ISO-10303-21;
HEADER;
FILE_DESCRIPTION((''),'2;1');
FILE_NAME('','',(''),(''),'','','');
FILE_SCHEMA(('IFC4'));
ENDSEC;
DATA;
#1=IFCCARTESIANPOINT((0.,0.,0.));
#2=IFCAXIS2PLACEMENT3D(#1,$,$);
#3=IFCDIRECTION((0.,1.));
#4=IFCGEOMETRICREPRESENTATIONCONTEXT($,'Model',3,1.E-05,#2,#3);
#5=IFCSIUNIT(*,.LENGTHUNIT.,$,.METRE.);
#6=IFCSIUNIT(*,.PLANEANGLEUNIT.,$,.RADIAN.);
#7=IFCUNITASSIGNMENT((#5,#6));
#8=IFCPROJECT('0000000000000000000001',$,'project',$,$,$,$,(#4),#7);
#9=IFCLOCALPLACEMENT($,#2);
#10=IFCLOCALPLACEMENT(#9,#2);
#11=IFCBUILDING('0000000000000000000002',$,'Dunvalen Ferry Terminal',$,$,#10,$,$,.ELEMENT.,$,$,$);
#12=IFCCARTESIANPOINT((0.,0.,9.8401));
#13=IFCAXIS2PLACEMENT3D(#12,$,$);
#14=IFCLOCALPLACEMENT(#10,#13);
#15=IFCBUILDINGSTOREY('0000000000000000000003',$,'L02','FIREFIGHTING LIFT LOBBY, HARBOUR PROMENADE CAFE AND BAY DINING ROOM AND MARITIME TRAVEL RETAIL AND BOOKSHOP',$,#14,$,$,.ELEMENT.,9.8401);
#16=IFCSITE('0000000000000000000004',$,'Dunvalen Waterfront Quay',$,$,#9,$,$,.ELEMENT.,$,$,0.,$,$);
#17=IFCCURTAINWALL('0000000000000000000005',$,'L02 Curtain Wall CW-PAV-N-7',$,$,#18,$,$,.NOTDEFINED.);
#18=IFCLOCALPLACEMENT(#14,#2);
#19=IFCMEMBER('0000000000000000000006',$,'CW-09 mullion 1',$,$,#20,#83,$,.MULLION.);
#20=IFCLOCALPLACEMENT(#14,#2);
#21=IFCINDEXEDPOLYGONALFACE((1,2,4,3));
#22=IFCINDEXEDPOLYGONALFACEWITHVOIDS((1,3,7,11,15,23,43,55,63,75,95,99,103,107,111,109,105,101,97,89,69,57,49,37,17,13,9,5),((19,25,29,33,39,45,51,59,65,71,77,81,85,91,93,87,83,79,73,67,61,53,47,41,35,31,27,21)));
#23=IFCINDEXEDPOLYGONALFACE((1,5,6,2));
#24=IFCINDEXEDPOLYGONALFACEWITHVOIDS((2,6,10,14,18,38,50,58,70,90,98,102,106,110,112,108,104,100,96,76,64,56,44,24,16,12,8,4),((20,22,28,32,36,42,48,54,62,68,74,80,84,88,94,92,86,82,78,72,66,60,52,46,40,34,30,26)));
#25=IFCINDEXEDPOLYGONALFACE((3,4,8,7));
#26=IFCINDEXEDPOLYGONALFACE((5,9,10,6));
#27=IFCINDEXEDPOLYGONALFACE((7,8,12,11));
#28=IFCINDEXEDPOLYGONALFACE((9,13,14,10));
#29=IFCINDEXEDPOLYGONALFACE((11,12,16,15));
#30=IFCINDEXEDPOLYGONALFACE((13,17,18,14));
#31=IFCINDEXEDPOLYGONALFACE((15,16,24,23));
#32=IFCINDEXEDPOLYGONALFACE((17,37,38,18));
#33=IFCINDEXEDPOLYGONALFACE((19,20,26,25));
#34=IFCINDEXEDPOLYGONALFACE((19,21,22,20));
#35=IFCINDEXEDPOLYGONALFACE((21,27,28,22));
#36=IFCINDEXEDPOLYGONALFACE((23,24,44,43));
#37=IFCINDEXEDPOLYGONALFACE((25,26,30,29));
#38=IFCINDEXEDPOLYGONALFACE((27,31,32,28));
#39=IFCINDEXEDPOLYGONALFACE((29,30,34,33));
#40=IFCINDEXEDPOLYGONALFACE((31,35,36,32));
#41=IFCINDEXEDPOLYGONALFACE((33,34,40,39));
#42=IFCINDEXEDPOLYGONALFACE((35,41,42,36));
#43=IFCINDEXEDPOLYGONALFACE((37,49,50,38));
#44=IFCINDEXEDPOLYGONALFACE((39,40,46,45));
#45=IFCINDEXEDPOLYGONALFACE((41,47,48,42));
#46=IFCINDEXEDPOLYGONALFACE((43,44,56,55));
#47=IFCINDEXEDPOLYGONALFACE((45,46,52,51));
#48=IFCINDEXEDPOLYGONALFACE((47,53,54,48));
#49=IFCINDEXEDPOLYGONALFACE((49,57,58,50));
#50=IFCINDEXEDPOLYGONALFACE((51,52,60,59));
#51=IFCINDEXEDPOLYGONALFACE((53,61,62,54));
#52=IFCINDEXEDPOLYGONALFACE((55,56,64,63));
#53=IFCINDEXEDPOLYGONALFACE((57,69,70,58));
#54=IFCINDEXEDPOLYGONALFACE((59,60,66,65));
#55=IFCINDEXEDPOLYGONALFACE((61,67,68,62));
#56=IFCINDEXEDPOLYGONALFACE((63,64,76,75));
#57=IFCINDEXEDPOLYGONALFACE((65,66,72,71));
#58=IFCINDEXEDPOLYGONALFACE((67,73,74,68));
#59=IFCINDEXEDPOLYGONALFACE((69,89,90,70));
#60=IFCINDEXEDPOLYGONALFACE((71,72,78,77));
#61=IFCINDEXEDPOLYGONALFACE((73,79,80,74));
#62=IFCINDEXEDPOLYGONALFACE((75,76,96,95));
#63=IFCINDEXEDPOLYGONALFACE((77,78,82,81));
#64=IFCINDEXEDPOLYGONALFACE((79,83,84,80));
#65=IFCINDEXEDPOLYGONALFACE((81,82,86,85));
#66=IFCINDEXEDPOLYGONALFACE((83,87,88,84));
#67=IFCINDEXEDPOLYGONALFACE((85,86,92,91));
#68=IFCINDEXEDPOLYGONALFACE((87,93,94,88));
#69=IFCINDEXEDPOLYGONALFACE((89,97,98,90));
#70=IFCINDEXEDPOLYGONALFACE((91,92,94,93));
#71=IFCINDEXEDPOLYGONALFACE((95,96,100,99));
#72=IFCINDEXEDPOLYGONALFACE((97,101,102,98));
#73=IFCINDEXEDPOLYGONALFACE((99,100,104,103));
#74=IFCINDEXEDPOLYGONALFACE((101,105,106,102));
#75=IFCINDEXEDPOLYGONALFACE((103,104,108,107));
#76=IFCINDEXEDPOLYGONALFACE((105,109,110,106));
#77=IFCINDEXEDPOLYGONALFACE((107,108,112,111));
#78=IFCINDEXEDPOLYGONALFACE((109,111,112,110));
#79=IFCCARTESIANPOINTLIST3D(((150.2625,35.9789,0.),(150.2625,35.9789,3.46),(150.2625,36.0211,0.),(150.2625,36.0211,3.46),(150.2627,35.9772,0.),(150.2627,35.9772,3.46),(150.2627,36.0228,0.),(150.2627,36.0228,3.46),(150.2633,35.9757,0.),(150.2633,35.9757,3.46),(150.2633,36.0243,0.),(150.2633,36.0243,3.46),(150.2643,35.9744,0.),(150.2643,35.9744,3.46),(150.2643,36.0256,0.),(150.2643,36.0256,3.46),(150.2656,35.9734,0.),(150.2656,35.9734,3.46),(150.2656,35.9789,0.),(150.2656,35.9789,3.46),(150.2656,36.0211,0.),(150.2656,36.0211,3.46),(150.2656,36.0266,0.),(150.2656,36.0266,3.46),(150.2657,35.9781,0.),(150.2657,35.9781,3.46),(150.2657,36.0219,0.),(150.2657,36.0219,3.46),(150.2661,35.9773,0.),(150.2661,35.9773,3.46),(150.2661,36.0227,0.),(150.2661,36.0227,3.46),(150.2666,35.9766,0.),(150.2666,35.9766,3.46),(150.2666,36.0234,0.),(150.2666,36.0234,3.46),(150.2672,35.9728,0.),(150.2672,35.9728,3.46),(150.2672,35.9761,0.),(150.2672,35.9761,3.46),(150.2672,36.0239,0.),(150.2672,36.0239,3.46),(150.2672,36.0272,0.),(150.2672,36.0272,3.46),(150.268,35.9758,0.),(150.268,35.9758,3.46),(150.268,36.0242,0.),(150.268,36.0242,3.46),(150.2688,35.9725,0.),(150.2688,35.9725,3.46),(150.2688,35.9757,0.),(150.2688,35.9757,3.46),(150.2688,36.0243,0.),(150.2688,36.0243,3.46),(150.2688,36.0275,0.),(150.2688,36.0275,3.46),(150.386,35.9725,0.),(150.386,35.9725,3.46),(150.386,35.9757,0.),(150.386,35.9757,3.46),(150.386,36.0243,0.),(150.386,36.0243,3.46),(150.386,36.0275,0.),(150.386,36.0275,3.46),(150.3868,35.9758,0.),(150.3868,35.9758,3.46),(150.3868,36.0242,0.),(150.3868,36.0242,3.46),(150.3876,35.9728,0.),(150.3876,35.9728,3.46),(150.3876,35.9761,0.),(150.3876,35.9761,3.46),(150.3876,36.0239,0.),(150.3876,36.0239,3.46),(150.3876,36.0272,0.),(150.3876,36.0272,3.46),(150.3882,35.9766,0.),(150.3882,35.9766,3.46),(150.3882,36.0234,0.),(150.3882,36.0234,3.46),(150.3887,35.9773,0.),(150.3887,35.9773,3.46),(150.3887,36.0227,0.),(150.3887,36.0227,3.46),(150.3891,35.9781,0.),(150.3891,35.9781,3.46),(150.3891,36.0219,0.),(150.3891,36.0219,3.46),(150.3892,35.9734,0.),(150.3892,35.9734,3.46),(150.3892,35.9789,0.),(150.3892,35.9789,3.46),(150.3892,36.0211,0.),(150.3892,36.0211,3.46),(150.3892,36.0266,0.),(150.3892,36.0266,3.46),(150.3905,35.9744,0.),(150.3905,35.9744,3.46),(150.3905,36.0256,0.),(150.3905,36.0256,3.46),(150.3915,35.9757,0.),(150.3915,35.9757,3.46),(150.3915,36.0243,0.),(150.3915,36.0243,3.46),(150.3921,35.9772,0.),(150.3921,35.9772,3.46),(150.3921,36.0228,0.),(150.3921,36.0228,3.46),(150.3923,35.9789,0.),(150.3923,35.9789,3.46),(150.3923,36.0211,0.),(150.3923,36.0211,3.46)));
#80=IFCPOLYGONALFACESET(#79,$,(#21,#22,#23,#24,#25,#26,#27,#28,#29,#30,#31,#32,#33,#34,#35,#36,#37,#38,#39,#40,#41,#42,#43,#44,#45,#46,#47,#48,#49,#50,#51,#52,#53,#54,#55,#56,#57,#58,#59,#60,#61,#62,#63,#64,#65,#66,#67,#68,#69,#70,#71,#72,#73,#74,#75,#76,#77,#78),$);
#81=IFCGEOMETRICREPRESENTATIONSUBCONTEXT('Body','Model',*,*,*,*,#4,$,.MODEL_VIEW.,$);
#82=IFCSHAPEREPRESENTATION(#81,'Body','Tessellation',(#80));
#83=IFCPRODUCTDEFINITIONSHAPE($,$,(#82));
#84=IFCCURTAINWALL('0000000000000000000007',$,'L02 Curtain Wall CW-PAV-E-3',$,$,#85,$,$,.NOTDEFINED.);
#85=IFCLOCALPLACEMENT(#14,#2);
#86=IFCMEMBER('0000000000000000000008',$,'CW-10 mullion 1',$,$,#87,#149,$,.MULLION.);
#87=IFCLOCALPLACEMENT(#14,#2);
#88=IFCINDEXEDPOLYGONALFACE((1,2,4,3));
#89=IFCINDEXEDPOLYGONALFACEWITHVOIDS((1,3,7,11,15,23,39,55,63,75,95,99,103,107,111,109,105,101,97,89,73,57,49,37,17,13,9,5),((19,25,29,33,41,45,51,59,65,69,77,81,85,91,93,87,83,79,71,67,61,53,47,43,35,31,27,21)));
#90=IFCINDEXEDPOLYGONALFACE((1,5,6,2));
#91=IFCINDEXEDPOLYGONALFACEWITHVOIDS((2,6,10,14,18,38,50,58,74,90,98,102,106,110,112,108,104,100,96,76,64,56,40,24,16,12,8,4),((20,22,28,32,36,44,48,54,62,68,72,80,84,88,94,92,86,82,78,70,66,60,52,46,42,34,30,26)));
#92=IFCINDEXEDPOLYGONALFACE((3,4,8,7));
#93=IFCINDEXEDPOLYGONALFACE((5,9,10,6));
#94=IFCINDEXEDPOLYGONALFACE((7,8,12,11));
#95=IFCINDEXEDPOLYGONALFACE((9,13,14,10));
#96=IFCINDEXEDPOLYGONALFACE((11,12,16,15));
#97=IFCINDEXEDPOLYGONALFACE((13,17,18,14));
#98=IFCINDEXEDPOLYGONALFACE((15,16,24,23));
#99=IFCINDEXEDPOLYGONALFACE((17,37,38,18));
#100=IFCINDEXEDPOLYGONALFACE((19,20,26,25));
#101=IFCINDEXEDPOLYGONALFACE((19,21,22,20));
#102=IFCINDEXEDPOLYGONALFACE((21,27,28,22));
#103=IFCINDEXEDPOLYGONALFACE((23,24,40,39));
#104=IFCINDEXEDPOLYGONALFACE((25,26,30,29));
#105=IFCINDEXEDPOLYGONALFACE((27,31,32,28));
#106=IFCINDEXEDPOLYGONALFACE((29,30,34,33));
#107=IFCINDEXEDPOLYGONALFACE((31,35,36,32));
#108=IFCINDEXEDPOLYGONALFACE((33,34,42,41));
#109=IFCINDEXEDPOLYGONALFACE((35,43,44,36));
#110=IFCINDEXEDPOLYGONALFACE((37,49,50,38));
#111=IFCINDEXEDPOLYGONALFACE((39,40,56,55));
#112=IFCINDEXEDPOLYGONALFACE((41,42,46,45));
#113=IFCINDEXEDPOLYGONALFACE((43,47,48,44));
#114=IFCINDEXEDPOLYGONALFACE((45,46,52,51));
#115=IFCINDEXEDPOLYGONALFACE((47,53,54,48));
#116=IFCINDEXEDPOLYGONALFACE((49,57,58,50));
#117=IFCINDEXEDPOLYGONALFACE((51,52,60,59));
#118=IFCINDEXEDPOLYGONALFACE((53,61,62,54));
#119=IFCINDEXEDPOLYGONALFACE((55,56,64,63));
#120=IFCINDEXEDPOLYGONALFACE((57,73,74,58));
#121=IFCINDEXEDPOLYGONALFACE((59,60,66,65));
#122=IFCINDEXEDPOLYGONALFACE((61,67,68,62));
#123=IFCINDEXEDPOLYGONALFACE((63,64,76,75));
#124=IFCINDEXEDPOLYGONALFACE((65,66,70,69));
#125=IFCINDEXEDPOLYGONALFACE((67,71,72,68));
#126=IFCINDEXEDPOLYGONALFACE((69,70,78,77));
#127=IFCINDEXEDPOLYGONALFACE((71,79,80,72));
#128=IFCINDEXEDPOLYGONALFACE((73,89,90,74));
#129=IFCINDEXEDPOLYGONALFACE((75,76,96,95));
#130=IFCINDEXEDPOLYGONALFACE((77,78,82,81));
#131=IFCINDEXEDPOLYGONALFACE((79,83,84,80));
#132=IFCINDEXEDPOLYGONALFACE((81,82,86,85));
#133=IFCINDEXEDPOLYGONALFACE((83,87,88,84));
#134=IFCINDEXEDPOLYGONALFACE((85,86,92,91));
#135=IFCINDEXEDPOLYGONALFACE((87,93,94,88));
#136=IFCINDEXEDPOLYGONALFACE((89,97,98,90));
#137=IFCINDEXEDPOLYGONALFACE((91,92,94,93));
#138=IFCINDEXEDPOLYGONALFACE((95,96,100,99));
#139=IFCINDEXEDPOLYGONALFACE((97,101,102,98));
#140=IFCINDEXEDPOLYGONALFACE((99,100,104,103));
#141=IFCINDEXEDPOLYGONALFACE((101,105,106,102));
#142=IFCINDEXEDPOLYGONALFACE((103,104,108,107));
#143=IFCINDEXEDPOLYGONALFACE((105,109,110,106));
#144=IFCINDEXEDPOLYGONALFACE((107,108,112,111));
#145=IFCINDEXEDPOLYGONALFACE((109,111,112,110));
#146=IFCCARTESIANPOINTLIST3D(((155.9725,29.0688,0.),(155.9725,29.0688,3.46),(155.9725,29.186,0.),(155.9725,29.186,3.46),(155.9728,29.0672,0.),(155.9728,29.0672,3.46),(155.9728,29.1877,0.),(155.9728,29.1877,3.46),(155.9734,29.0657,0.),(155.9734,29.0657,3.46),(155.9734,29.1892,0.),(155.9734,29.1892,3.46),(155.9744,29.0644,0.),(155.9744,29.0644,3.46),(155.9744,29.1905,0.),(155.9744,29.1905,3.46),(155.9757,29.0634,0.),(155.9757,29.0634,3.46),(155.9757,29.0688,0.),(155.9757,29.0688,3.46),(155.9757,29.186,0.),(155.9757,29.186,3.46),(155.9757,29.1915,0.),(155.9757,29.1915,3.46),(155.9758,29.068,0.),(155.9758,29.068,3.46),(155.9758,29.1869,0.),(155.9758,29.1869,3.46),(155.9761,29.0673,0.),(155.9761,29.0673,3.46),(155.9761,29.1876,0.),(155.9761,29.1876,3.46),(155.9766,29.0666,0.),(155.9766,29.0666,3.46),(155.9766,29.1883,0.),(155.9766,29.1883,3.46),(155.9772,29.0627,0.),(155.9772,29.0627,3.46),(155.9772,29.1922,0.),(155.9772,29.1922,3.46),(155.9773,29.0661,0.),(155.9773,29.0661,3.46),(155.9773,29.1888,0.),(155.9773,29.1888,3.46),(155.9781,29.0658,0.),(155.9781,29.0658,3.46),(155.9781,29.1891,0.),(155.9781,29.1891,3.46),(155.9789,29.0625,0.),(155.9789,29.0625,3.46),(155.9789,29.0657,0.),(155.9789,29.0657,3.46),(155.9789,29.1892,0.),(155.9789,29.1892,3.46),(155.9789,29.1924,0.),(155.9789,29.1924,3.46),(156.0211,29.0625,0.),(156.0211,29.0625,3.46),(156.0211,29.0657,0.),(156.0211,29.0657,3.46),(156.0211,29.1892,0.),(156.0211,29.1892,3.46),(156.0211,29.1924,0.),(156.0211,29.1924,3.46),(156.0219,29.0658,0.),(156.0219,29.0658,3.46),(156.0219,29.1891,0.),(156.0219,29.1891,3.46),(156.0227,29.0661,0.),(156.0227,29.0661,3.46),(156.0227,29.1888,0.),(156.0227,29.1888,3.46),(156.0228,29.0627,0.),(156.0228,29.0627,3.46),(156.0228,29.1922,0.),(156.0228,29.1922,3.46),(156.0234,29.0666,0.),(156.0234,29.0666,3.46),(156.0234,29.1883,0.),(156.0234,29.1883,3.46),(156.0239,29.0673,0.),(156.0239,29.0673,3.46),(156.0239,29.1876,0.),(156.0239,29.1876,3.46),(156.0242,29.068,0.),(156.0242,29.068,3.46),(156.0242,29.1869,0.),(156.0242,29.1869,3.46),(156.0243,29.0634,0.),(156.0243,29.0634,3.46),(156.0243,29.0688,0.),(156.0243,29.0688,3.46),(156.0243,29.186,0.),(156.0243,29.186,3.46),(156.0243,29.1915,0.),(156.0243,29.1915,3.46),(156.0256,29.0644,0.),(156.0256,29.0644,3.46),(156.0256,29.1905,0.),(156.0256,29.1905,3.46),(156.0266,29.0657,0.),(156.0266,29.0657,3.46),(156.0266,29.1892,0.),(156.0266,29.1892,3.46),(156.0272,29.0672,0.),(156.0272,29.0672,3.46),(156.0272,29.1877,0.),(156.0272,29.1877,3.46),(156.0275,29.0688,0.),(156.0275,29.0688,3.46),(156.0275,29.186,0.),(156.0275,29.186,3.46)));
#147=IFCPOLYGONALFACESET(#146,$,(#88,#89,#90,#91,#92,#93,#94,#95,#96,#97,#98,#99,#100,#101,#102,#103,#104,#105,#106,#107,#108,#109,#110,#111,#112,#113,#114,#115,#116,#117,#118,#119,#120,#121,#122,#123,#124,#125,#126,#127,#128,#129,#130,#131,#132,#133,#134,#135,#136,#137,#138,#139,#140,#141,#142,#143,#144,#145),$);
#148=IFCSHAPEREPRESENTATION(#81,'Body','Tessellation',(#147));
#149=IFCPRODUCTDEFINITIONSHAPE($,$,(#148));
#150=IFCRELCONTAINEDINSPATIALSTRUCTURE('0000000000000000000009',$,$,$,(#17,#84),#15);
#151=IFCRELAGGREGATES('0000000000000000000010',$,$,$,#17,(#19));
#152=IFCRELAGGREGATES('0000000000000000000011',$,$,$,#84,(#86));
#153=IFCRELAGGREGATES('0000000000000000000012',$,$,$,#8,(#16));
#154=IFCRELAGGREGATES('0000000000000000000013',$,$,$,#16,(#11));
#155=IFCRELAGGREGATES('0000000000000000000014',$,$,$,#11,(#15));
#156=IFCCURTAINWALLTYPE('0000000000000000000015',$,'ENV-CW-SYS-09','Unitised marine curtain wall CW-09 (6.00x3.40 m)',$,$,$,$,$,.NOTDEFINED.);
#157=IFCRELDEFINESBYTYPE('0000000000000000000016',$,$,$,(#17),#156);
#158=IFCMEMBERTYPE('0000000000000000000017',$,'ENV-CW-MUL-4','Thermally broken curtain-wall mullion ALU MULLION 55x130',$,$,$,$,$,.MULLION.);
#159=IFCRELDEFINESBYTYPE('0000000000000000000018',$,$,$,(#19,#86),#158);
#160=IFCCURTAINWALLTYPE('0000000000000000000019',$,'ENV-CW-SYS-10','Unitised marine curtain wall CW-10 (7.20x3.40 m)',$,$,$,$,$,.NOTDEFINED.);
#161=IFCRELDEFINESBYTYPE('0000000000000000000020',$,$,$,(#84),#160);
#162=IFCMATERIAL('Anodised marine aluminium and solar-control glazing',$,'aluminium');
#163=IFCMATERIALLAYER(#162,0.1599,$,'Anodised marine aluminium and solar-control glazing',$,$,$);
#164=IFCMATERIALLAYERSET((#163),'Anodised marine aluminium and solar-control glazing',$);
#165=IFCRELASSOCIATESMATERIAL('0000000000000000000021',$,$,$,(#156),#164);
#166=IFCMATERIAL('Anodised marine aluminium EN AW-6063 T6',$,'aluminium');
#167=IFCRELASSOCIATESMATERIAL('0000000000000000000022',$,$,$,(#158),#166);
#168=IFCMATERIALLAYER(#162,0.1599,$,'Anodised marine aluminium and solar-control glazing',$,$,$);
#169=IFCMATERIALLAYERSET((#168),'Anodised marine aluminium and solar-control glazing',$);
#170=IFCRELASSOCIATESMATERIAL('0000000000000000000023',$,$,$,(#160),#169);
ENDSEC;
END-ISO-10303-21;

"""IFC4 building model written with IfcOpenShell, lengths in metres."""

from ifc_helpers import new_model, si_unit, direction, frame, origin, origin_2d, place, context, subcontext, project, spatial, hollow_rectangle, extrude, material, layer, layer_set, material_profile, profile_set, type_object, element, aggregate, save


model = new_model("IFC4")

# Units and contexts
model_context = context("Model", 3, precision=1e-05, world=origin(), true_north=direction((0.0, 1.0)))
body_context = subcontext(model_context, "Body", "Model", "MODEL_VIEW")
ifc_project = project(units=[si_unit("LENGTHUNIT", "METRE"), si_unit("PLANEANGLEUNIT", "RADIAN")], contexts=[model_context])

# Site, building, storey
site_placement = place(None, origin())
site = spatial("IfcSite", under=ifc_project, at=site_placement, Name="Dunvalen Waterfront Quay", CompositionType="ELEMENT", RefElevation=0.0)
building_placement = place(site_placement, origin())
building = spatial("IfcBuilding", under=site, at=building_placement, Name="Dunvalen Ferry Terminal", CompositionType="ELEMENT")
storey_placement = place(building_placement, frame((0.0, 0.0, 9.8401)))
storey = spatial("IfcBuildingStorey", under=building, at=storey_placement, Name="L02", Description="FIREFIGHTING LIFT LOBBY, HARBOUR PROMENADE CAFE AND BAY DINING ROOM AND MARITIME TRAVEL RETAIL AND BOOKSHOP", CompositionType="ELEMENT", Elevation=9.8401)

# Curtain wall, member
ifc_material_1 = material(Name="Anodised marine aluminium and solar-control glazing", Category="aluminium")
ifc_layer_1 = layer(ifc_material_1, 0.1599, Name="Anodised marine aluminium and solar-control glazing")
ifc_layer_set_1 = layer_set([ifc_layer_1], Name="Anodised marine aluminium and solar-control glazing")
curtain_wall_type_1 = type_object("IfcCurtainWallType", Name="ENV-CW-SYS-09", Description="Unitised marine curtain wall CW-09 (6.00x3.40 m)", PredefinedType="NOTDEFINED", material=ifc_layer_set_1)
curtain_wall_1_placement = place(storey_placement, origin())
curtain_wall_1 = element("IfcCurtainWall", 1, at=curtain_wall_1_placement, inside=storey, type_object=curtain_wall_type_1, Name="L02 Curtain Wall CW-PAV-N-7", PredefinedType="NOTDEFINED")
ifc_material_2 = material(Name="Anodised marine aluminium EN AW-6063 T6", Category="aluminium")
ifc_material_profile_1 = material_profile(ifc_material_2, hollow_rectangle(XDim=0.0549, YDim=0.1299, WallThickness=0.0032, InnerFilletRadius=0.0032, OuterFilletRadius=0.0063, at=origin_2d()), Name="Anodised marine aluminium EN AW-6063 T6")
ifc_profile_set_1 = profile_set([ifc_material_profile_1], Name="Anodised marine aluminium EN AW-6063 T6")
member_type_1 = type_object("IfcMemberType", Name="ENV-CW-MUL-4", Description="Thermally broken curtain-wall mullion ALU MULLION 55x130", PredefinedType="MULLION", material=ifc_profile_set_1)
member_1_placement = place(storey_placement, frame((150.3274, 36.0, 0.0), z_axis=(0.0, 0.0, 1.0), x_axis=(0.0, 1.0, 0.0)))
member_1 = element("IfcMember", 2, at=member_1_placement, type_object=member_type_1, Name="CW-09 mullion 1", PredefinedType="MULLION", context=body_context, shape_type="SweptSolid", body=[
    extrude(hollow_rectangle(XDim=0.0549, YDim=0.1299, WallThickness=0.0032, InnerFilletRadius=0.0032, OuterFilletRadius=0.0063, at=origin_2d()), origin(), (0.0, 0.0, 1.0), 3.46),
])

# Curtain wall, member
ifc_layer_2 = layer(ifc_material_1, 0.1599, Name="Anodised marine aluminium and solar-control glazing")
ifc_layer_set_2 = layer_set([ifc_layer_2], Name="Anodised marine aluminium and solar-control glazing")
curtain_wall_type_2 = type_object("IfcCurtainWallType", Name="ENV-CW-SYS-10", Description="Unitised marine curtain wall CW-10 (7.20x3.40 m)", PredefinedType="NOTDEFINED", material=ifc_layer_set_2)
curtain_wall_2_placement = place(storey_placement, origin())
curtain_wall_2 = element("IfcCurtainWall", 3, at=curtain_wall_2_placement, inside=storey, type_object=curtain_wall_type_2, Name="L02 Curtain Wall CW-PAV-E-3", PredefinedType="NOTDEFINED")
member_2_placement = place(storey_placement, frame((156.0, 29.1274, 0.0), z_axis=(0.0, 0.0, 1.0), x_axis=(-1.0, 0.0, 0.0)))
member_2 = element("IfcMember", 4, at=member_2_placement, type_object=member_type_1, Name="CW-10 mullion 1", PredefinedType="MULLION", context=body_context, shape_type="SweptSolid", body=[
    extrude(hollow_rectangle(XDim=0.0549, YDim=0.1299, WallThickness=0.0032, InnerFilletRadius=0.0032, OuterFilletRadius=0.0063, at=origin_2d()), origin(), (0.0, 0.0, 1.0), 3.46),
])

aggregate(curtain_wall_1, [member_1])
aggregate(curtain_wall_2, [member_2])

save(model, "model.ifc")
